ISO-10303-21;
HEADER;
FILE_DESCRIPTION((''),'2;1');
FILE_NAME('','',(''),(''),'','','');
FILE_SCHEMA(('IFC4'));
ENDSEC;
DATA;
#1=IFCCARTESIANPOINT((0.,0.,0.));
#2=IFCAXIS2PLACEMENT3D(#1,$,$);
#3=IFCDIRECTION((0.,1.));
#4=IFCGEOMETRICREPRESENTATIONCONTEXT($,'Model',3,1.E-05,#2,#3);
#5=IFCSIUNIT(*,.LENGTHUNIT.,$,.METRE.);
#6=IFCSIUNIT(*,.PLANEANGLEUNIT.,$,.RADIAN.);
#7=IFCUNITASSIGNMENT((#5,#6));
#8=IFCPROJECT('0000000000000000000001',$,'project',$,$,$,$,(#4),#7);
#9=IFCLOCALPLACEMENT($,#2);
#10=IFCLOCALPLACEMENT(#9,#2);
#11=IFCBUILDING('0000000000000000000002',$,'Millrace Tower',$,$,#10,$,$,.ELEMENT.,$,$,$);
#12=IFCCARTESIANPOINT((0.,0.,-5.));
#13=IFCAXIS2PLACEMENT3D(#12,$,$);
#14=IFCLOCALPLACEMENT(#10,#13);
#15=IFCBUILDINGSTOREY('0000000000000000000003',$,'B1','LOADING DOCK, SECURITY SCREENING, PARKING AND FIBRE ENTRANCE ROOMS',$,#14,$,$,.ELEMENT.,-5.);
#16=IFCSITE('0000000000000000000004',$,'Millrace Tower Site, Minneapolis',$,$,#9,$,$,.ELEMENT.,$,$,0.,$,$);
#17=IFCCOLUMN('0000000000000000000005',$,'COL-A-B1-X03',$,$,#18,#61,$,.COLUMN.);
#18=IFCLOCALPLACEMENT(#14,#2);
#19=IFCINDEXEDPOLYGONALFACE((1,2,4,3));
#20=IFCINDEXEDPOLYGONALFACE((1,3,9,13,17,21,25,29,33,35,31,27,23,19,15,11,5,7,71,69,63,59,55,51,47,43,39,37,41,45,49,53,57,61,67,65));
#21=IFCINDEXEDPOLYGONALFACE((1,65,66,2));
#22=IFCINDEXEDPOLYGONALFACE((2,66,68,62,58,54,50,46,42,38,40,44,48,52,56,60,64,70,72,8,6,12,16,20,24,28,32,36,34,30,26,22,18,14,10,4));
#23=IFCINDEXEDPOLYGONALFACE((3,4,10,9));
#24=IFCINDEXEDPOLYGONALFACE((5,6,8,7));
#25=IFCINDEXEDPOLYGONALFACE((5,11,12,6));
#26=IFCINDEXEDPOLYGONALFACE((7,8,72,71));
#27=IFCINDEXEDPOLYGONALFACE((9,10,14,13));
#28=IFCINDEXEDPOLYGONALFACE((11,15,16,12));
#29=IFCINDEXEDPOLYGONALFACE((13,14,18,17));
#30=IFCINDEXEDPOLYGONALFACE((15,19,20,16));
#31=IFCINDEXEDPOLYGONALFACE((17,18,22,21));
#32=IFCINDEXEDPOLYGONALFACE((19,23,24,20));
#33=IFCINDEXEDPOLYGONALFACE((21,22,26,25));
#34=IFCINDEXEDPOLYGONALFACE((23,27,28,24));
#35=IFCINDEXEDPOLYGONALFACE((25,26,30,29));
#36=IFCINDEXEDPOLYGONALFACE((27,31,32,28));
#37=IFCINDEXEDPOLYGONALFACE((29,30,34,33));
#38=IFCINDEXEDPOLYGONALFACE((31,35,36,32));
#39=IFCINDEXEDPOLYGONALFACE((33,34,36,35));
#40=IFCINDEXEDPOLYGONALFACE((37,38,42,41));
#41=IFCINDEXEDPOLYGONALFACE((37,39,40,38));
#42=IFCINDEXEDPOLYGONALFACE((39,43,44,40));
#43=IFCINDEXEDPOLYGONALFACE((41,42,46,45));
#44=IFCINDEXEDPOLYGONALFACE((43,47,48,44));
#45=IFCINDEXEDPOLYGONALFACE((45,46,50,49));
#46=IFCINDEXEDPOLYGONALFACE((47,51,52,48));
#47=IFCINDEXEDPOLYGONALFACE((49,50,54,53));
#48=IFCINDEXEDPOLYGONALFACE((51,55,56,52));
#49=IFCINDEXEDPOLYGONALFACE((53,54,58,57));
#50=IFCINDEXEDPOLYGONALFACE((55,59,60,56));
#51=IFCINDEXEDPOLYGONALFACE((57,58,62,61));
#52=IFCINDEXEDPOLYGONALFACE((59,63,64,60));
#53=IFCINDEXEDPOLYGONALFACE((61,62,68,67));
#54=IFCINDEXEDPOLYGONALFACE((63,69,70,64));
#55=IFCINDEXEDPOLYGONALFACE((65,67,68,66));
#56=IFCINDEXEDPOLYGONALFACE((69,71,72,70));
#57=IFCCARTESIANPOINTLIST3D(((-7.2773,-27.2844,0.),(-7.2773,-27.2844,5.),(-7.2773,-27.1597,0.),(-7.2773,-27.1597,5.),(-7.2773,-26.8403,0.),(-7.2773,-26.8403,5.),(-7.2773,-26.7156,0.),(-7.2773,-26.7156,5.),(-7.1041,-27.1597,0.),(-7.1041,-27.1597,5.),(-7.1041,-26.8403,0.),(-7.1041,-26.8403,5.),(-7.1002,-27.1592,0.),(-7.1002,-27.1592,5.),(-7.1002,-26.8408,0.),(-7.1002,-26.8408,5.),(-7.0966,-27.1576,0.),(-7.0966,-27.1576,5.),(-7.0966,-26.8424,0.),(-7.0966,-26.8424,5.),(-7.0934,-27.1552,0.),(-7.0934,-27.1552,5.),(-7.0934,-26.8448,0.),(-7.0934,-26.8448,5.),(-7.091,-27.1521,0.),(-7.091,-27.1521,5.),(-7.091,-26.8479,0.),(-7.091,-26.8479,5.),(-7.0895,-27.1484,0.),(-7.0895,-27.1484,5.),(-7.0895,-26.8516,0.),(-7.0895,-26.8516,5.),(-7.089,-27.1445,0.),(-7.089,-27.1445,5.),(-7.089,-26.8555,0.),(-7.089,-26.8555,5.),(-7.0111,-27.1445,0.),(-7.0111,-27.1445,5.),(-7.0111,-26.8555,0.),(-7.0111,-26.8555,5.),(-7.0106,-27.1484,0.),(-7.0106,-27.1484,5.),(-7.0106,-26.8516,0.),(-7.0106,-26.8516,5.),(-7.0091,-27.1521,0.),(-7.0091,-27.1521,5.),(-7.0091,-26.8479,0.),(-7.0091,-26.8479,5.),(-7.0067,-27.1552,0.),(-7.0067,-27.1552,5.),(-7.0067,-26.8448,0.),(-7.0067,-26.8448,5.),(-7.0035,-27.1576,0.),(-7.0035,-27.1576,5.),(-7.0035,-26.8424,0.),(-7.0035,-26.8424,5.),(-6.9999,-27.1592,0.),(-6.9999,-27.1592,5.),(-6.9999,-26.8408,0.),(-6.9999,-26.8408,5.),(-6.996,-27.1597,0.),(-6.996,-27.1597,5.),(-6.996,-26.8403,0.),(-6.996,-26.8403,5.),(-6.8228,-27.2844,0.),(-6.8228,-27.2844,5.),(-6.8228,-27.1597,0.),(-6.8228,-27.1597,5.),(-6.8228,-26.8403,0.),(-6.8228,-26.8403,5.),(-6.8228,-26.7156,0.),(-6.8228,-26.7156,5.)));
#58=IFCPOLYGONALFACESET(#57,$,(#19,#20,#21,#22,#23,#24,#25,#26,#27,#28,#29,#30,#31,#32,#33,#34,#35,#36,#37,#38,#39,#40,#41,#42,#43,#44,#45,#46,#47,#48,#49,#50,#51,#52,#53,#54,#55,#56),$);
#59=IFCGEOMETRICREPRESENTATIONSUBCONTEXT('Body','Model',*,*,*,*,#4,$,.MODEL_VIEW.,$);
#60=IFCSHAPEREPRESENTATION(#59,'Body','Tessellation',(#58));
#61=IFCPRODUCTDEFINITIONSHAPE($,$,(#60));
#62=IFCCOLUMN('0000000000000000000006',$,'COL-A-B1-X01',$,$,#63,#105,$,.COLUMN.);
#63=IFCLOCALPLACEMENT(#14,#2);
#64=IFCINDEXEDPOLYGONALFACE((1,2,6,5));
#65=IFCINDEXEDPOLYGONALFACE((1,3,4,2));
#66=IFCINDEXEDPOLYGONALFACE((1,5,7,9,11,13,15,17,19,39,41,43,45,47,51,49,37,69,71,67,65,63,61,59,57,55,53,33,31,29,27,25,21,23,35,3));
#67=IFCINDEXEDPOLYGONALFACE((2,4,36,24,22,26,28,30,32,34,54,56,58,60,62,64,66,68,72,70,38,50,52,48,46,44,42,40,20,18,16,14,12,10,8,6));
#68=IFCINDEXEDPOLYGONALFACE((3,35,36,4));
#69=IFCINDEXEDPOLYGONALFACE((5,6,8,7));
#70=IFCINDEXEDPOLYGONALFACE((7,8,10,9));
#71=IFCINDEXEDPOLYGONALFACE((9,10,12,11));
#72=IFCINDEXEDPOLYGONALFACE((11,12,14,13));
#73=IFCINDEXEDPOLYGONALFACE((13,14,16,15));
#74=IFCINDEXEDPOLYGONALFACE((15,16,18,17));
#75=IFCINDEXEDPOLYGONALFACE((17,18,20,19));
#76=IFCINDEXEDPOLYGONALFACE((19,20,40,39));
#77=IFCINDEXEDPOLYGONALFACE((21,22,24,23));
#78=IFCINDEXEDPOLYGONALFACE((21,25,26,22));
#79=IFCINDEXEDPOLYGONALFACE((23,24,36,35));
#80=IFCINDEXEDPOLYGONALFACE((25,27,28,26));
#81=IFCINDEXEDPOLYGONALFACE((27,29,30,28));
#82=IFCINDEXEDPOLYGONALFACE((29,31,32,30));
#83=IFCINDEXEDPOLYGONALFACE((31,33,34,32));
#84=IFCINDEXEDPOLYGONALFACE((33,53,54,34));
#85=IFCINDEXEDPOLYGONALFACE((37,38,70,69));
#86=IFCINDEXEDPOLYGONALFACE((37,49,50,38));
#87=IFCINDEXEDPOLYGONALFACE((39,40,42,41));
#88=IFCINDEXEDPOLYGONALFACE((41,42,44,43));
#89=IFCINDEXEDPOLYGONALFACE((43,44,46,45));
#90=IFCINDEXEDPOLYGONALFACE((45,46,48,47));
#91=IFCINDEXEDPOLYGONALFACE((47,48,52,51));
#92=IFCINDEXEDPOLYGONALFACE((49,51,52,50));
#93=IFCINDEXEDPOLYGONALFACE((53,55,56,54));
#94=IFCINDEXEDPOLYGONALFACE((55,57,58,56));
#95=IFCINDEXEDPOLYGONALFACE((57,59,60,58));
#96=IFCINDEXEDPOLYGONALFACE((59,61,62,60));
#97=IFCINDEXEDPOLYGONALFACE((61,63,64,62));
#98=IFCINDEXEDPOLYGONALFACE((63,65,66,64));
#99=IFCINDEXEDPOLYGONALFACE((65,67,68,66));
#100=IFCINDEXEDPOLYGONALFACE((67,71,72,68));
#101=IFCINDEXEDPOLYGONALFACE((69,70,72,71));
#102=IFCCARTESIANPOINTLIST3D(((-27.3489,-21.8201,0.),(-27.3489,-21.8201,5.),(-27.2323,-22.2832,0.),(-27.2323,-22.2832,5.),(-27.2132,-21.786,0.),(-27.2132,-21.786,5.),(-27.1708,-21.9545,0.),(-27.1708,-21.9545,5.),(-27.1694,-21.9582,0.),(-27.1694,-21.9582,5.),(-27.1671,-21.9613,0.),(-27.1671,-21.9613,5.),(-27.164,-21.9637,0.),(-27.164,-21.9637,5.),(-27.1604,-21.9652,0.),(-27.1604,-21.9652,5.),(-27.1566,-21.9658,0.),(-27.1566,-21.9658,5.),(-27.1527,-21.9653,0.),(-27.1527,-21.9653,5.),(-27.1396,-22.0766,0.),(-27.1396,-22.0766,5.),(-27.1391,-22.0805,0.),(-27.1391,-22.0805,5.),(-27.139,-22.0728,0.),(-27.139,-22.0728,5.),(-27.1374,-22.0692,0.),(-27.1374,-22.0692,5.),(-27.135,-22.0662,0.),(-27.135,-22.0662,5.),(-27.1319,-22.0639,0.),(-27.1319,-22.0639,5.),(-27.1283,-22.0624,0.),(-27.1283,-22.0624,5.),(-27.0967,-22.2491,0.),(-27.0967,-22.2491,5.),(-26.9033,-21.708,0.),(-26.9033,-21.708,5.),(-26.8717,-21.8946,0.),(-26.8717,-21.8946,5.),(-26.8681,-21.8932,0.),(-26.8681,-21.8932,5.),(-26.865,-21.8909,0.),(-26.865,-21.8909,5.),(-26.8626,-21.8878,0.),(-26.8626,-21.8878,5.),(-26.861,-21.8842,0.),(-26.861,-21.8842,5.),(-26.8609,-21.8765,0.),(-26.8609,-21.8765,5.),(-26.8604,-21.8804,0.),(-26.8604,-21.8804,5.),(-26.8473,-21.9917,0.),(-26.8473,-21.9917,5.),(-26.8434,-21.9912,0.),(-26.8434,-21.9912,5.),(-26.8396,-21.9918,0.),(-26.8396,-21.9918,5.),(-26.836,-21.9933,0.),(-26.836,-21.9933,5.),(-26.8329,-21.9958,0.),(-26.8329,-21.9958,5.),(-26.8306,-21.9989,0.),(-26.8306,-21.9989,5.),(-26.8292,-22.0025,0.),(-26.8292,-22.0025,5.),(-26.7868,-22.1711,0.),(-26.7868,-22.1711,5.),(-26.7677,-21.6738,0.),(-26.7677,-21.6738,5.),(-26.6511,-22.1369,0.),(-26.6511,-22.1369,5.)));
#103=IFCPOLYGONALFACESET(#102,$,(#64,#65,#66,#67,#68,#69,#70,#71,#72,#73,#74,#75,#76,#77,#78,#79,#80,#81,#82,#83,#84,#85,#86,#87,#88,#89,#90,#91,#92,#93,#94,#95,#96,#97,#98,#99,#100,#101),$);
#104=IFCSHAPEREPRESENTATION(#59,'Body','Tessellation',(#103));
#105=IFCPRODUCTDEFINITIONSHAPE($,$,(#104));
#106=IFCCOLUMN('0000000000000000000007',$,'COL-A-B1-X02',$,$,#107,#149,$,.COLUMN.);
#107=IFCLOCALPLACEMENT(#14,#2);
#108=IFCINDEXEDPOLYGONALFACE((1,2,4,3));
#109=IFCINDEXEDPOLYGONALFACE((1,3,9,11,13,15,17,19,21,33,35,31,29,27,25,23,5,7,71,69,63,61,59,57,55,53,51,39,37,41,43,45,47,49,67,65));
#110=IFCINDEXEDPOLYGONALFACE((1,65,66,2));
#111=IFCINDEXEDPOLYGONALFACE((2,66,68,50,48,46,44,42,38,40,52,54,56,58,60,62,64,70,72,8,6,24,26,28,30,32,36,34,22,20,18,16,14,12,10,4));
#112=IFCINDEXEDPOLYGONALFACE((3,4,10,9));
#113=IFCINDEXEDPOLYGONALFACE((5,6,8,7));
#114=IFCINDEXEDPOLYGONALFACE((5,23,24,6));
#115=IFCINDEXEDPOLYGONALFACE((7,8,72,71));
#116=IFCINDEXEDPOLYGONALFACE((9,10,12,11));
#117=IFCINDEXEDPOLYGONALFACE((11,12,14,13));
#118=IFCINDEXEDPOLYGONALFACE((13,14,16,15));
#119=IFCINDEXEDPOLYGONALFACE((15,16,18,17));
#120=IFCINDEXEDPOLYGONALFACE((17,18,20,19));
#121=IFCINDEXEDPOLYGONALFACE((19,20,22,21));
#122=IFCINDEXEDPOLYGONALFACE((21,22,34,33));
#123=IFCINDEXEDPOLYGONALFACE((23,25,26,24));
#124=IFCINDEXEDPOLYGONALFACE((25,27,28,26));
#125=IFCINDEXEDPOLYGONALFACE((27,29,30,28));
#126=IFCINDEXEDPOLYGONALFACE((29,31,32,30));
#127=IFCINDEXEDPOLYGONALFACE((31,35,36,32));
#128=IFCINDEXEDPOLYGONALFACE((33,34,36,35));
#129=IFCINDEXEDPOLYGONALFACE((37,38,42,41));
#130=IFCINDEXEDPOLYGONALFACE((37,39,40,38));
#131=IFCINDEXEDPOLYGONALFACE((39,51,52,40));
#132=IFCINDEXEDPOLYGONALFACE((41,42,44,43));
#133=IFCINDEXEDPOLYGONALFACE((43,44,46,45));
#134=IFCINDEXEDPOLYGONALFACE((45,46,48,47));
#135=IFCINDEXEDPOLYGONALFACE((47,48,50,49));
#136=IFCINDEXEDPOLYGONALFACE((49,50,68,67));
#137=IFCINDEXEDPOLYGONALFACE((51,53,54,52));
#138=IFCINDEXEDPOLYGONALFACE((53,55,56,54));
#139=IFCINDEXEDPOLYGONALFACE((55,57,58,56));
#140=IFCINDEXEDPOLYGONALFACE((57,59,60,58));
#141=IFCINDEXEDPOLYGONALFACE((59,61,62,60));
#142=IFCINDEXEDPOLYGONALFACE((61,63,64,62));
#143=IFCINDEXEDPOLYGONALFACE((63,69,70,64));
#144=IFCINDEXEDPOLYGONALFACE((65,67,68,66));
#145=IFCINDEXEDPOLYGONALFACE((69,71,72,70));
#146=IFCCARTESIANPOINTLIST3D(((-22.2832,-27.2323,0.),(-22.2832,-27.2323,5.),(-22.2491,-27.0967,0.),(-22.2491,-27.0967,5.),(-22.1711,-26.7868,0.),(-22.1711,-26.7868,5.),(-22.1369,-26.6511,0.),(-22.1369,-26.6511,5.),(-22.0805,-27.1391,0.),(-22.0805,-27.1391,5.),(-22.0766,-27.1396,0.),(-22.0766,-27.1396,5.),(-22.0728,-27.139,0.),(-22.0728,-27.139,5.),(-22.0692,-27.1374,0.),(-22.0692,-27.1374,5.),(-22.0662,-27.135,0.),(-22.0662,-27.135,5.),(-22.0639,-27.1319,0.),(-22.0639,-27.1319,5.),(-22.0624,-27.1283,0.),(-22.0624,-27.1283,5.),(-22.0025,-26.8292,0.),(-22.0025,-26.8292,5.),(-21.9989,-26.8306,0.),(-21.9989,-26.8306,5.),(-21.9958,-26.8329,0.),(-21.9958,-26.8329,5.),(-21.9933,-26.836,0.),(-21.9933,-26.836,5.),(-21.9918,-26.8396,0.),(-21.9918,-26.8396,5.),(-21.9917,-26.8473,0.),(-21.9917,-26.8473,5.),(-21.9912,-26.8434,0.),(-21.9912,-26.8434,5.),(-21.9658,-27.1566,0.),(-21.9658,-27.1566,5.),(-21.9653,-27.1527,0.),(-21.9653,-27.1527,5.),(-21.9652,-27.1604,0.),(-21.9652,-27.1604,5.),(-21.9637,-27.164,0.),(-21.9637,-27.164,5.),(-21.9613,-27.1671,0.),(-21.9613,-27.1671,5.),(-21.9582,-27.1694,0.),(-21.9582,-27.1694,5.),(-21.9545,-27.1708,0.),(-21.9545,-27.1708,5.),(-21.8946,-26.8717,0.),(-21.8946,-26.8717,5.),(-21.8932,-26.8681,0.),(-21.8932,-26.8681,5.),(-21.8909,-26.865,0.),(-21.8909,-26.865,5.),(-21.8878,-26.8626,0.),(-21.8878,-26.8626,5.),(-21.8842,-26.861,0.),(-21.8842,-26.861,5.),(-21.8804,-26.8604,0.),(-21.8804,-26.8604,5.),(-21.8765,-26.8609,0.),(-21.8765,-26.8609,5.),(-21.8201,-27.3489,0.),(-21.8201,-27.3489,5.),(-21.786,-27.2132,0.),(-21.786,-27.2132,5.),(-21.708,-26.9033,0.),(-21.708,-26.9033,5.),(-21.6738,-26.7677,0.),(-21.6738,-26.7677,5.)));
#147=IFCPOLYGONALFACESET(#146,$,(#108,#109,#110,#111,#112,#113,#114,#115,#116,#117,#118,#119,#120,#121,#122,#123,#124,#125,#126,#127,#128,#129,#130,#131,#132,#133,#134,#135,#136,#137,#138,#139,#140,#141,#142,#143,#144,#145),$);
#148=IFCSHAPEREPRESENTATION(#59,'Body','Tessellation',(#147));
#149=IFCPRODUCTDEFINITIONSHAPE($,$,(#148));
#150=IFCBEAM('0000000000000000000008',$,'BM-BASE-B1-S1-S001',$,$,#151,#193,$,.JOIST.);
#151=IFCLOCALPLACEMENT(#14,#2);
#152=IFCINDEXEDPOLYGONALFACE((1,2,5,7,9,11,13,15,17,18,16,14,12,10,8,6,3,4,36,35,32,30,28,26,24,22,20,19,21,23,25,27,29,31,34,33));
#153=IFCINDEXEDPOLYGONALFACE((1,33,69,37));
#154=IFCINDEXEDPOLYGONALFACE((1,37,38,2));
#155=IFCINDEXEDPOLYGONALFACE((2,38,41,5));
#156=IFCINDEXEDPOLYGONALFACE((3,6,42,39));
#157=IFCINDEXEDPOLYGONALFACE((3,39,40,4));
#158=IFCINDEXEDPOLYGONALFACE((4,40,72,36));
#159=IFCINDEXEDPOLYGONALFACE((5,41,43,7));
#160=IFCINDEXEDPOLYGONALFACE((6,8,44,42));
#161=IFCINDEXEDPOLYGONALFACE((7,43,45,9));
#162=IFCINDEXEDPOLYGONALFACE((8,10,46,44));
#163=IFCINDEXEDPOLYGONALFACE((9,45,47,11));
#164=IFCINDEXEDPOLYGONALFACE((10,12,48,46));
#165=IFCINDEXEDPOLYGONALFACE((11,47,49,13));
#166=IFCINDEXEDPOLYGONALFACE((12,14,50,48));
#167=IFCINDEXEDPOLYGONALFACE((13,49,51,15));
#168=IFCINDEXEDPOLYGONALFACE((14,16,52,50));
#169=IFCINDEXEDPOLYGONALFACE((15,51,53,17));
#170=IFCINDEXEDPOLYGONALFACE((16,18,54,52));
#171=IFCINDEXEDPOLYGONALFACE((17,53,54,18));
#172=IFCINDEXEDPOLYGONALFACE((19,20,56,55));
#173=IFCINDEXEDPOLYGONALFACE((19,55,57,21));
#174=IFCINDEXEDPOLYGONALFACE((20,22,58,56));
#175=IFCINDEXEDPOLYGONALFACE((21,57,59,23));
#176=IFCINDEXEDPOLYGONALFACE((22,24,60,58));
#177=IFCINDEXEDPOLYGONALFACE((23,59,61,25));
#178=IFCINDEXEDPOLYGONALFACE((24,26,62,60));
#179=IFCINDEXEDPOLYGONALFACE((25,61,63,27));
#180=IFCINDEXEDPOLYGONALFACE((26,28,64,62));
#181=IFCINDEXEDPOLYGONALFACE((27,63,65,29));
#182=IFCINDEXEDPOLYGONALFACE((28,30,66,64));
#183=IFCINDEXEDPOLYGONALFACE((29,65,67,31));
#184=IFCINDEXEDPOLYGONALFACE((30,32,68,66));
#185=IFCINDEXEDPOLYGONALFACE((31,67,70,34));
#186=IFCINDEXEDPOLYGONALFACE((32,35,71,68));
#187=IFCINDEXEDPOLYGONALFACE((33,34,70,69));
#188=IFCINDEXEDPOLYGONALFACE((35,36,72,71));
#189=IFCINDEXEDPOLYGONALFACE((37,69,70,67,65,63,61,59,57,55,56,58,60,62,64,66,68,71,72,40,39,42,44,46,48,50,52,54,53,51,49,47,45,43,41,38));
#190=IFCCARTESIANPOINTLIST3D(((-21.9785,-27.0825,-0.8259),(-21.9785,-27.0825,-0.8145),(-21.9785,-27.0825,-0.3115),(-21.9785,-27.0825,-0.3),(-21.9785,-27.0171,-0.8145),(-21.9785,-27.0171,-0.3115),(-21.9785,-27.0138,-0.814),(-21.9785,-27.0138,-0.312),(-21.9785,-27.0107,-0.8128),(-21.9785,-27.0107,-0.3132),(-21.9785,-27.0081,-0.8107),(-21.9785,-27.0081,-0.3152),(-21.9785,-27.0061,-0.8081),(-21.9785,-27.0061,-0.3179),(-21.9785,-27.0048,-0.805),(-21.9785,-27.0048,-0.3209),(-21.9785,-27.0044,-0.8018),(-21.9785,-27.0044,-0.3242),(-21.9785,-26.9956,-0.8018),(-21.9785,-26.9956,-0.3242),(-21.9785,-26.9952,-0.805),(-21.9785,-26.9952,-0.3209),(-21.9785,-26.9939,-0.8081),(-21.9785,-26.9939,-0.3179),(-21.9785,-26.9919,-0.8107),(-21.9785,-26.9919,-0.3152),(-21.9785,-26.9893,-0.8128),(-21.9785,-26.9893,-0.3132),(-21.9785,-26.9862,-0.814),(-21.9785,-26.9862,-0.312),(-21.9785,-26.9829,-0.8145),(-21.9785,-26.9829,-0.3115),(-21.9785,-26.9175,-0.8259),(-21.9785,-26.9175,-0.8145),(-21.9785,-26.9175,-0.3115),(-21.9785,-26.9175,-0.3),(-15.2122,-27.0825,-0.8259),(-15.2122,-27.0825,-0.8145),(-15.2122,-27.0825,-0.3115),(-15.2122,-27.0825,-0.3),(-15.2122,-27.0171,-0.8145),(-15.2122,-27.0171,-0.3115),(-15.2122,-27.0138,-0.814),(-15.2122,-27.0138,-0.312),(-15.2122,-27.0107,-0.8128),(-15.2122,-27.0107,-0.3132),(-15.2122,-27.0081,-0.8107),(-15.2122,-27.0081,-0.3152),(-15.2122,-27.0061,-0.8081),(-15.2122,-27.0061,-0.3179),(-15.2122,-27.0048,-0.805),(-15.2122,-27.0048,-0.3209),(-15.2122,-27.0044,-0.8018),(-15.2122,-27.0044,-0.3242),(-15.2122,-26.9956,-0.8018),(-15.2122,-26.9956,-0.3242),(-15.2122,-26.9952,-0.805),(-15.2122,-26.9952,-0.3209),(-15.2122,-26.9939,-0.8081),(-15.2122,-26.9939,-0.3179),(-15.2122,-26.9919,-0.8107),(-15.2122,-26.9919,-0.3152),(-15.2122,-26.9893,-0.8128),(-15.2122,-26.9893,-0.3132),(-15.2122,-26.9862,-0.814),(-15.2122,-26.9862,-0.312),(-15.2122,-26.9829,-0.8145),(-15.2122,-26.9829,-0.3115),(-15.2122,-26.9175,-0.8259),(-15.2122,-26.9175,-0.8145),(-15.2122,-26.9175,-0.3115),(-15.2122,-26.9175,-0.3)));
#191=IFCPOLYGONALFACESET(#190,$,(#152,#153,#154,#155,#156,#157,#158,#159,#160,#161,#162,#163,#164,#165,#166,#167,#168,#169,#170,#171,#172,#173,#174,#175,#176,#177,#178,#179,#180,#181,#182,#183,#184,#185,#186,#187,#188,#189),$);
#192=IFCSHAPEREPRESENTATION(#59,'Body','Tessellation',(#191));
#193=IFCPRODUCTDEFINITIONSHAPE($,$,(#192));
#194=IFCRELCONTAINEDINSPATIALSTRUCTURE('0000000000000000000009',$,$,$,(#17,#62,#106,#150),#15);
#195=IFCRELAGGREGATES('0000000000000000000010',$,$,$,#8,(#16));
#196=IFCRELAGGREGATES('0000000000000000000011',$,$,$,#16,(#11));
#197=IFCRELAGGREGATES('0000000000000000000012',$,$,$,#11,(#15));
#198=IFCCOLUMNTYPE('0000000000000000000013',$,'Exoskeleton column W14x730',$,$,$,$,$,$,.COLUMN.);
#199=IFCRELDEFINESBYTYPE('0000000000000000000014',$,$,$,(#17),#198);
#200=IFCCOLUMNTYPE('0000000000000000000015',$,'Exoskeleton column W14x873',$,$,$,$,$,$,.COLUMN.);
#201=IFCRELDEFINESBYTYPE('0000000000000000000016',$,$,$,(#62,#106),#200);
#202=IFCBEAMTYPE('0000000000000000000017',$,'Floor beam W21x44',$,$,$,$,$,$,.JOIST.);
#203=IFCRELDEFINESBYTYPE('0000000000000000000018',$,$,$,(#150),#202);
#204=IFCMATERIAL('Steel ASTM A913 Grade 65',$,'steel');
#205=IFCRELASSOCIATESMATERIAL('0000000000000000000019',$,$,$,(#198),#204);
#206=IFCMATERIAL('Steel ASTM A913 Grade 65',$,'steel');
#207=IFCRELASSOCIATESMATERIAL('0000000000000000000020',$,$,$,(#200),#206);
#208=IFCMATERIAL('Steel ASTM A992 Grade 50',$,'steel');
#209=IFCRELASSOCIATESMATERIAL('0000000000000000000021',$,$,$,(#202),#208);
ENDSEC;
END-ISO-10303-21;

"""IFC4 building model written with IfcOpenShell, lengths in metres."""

from ifc_helpers import new_model, si_unit, direction, frame, origin, origin_2d, place, context, subcontext, project, spatial, i_section, extrude, material, material_profile, profile_set, type_object, element, save


model = new_model("IFC4")

# Units and contexts
model_context = context("Model", 3, precision=1e-05, world=origin(), true_north=direction((0.0, 1.0)))
body_context = subcontext(model_context, "Body", "Model", "MODEL_VIEW")
ifc_project = project(units=[si_unit("LENGTHUNIT", "METRE"), si_unit("PLANEANGLEUNIT", "RADIAN")], contexts=[model_context])

# Site, building, storey
site_placement = place(None, origin())
site = spatial("IfcSite", under=ifc_project, at=site_placement, Name="Millrace Tower Site, Minneapolis", CompositionType="ELEMENT", RefElevation=0.0)
building_placement = place(site_placement, origin())
building = spatial("IfcBuilding", under=site, at=building_placement, Name="Millrace Tower", CompositionType="ELEMENT")
storey_placement = place(building_placement, frame((0.0, 0.0, -5.0)))
storey = spatial("IfcBuildingStorey", under=building, at=storey_placement, Name="B1", Description="LOADING DOCK, SECURITY SCREENING, PARKING AND FIBRE ENTRANCE ROOMS", CompositionType="ELEMENT", Elevation=-5.0)

# Columns
ifc_material_1 = material(Name="Steel ASTM A913 Grade 65", Category="steel")
ifc_material_profile_1 = material_profile(ifc_material_1, i_section(OverallWidth=0.4546, OverallDepth=0.5688, WebThickness=0.0779, FlangeThickness=0.1248, FilletRadius=0.0151, at=origin_2d()))
ifc_profile_set_1 = profile_set([ifc_material_profile_1], Name="Steel ASTM A913 Grade 65")
column_type_1 = type_object("IfcColumnType", Name="Exoskeleton column W14x730", PredefinedType="COLUMN", material=ifc_profile_set_1)
placement = place(storey_placement, frame((-7.05, -27.0, 0.0), z_axis=(0.0, 0.0, 1.0), x_axis=(1.0, 0.0, 0.0)))
element("IfcColumn", 1, at=placement, inside=storey, type_object=column_type_1, Name="COL-A-B1-X03", PredefinedType="COLUMN", context=body_context, shape_type="SweptSolid", body=[
    extrude(i_section(OverallWidth=0.4546, OverallDepth=0.5688, WebThickness=0.0779, FlangeThickness=0.1248, FilletRadius=0.0151, at=origin_2d()), origin(), (0.0, 0.0, 1.0), 5.0),
])
ifc_material_2 = material(Name="Steel ASTM A913 Grade 65", Category="steel")
ifc_material_profile_2 = material_profile(ifc_material_2, i_section(OverallWidth=0.4775, OverallDepth=0.5994, WebThickness=0.1001, FlangeThickness=0.1399, FilletRadius=0.0149, at=origin_2d()))
ifc_profile_set_2 = profile_set([ifc_material_profile_2], Name="Steel ASTM A913 Grade 65")
column_type_2 = type_object("IfcColumnType", Name="Exoskeleton column W14x873", PredefinedType="COLUMN", material=ifc_profile_set_2)
for number, where, z_axis, x_axis, name in (
    (2, (-27.0, -21.9785, 0.0), (0.0, 0.0, 1.0), (0.244094, -0.969752, 0.0), "COL-A-B1-X01"),
    (3, (-21.9785, -27.0, 0.0), (0.0, 0.0, 1.0), (0.969752, -0.244094, 0.0), "COL-A-B1-X02"),
):
    element("IfcColumn", number, at=place(storey_placement, frame(where, z_axis=z_axis, x_axis=x_axis)), inside=storey, type_object=column_type_2, Name=name, PredefinedType="COLUMN", context=body_context, shape_type="SweptSolid", body=[
        extrude(i_section(OverallWidth=0.4775, OverallDepth=0.5994, WebThickness=0.1001, FlangeThickness=0.1399, FilletRadius=0.0149, at=origin_2d()), origin(), (0.0, 0.0, 1.0), 5.0),
    ])

# Beam
ifc_material_3 = material(Name="Steel ASTM A992 Grade 50", Category="steel")
ifc_material_profile_3 = material_profile(ifc_material_3, i_section(OverallWidth=0.165, OverallDepth=0.5259, WebThickness=0.0088, FlangeThickness=0.0115, FilletRadius=0.0127, at=origin_2d()))
ifc_profile_set_3 = profile_set([ifc_material_profile_3], Name="Steel ASTM A992 Grade 50")
beam_type_1 = type_object("IfcBeamType", Name="Floor beam W21x44", PredefinedType="JOIST", material=ifc_profile_set_3)
beam_1_placement = place(storey_placement, frame((-21.9785, -27.0, -0.563), z_axis=(1.0, 0.0, 0.0), x_axis=(0.0, 1.0, 0.0)))
element("IfcBeam", 4, at=beam_1_placement, inside=storey, type_object=beam_type_1, Name="BM-BASE-B1-S1-S001", PredefinedType="JOIST", context=body_context, shape_type="SweptSolid", body=[
    extrude(i_section(OverallWidth=0.165, OverallDepth=0.5259, WebThickness=0.0088, FlangeThickness=0.0115, FilletRadius=0.0127, at=origin_2d()), origin(), (0.0, 0.0, 1.0), 6.7664),
])

save(model, "model.ifc")
